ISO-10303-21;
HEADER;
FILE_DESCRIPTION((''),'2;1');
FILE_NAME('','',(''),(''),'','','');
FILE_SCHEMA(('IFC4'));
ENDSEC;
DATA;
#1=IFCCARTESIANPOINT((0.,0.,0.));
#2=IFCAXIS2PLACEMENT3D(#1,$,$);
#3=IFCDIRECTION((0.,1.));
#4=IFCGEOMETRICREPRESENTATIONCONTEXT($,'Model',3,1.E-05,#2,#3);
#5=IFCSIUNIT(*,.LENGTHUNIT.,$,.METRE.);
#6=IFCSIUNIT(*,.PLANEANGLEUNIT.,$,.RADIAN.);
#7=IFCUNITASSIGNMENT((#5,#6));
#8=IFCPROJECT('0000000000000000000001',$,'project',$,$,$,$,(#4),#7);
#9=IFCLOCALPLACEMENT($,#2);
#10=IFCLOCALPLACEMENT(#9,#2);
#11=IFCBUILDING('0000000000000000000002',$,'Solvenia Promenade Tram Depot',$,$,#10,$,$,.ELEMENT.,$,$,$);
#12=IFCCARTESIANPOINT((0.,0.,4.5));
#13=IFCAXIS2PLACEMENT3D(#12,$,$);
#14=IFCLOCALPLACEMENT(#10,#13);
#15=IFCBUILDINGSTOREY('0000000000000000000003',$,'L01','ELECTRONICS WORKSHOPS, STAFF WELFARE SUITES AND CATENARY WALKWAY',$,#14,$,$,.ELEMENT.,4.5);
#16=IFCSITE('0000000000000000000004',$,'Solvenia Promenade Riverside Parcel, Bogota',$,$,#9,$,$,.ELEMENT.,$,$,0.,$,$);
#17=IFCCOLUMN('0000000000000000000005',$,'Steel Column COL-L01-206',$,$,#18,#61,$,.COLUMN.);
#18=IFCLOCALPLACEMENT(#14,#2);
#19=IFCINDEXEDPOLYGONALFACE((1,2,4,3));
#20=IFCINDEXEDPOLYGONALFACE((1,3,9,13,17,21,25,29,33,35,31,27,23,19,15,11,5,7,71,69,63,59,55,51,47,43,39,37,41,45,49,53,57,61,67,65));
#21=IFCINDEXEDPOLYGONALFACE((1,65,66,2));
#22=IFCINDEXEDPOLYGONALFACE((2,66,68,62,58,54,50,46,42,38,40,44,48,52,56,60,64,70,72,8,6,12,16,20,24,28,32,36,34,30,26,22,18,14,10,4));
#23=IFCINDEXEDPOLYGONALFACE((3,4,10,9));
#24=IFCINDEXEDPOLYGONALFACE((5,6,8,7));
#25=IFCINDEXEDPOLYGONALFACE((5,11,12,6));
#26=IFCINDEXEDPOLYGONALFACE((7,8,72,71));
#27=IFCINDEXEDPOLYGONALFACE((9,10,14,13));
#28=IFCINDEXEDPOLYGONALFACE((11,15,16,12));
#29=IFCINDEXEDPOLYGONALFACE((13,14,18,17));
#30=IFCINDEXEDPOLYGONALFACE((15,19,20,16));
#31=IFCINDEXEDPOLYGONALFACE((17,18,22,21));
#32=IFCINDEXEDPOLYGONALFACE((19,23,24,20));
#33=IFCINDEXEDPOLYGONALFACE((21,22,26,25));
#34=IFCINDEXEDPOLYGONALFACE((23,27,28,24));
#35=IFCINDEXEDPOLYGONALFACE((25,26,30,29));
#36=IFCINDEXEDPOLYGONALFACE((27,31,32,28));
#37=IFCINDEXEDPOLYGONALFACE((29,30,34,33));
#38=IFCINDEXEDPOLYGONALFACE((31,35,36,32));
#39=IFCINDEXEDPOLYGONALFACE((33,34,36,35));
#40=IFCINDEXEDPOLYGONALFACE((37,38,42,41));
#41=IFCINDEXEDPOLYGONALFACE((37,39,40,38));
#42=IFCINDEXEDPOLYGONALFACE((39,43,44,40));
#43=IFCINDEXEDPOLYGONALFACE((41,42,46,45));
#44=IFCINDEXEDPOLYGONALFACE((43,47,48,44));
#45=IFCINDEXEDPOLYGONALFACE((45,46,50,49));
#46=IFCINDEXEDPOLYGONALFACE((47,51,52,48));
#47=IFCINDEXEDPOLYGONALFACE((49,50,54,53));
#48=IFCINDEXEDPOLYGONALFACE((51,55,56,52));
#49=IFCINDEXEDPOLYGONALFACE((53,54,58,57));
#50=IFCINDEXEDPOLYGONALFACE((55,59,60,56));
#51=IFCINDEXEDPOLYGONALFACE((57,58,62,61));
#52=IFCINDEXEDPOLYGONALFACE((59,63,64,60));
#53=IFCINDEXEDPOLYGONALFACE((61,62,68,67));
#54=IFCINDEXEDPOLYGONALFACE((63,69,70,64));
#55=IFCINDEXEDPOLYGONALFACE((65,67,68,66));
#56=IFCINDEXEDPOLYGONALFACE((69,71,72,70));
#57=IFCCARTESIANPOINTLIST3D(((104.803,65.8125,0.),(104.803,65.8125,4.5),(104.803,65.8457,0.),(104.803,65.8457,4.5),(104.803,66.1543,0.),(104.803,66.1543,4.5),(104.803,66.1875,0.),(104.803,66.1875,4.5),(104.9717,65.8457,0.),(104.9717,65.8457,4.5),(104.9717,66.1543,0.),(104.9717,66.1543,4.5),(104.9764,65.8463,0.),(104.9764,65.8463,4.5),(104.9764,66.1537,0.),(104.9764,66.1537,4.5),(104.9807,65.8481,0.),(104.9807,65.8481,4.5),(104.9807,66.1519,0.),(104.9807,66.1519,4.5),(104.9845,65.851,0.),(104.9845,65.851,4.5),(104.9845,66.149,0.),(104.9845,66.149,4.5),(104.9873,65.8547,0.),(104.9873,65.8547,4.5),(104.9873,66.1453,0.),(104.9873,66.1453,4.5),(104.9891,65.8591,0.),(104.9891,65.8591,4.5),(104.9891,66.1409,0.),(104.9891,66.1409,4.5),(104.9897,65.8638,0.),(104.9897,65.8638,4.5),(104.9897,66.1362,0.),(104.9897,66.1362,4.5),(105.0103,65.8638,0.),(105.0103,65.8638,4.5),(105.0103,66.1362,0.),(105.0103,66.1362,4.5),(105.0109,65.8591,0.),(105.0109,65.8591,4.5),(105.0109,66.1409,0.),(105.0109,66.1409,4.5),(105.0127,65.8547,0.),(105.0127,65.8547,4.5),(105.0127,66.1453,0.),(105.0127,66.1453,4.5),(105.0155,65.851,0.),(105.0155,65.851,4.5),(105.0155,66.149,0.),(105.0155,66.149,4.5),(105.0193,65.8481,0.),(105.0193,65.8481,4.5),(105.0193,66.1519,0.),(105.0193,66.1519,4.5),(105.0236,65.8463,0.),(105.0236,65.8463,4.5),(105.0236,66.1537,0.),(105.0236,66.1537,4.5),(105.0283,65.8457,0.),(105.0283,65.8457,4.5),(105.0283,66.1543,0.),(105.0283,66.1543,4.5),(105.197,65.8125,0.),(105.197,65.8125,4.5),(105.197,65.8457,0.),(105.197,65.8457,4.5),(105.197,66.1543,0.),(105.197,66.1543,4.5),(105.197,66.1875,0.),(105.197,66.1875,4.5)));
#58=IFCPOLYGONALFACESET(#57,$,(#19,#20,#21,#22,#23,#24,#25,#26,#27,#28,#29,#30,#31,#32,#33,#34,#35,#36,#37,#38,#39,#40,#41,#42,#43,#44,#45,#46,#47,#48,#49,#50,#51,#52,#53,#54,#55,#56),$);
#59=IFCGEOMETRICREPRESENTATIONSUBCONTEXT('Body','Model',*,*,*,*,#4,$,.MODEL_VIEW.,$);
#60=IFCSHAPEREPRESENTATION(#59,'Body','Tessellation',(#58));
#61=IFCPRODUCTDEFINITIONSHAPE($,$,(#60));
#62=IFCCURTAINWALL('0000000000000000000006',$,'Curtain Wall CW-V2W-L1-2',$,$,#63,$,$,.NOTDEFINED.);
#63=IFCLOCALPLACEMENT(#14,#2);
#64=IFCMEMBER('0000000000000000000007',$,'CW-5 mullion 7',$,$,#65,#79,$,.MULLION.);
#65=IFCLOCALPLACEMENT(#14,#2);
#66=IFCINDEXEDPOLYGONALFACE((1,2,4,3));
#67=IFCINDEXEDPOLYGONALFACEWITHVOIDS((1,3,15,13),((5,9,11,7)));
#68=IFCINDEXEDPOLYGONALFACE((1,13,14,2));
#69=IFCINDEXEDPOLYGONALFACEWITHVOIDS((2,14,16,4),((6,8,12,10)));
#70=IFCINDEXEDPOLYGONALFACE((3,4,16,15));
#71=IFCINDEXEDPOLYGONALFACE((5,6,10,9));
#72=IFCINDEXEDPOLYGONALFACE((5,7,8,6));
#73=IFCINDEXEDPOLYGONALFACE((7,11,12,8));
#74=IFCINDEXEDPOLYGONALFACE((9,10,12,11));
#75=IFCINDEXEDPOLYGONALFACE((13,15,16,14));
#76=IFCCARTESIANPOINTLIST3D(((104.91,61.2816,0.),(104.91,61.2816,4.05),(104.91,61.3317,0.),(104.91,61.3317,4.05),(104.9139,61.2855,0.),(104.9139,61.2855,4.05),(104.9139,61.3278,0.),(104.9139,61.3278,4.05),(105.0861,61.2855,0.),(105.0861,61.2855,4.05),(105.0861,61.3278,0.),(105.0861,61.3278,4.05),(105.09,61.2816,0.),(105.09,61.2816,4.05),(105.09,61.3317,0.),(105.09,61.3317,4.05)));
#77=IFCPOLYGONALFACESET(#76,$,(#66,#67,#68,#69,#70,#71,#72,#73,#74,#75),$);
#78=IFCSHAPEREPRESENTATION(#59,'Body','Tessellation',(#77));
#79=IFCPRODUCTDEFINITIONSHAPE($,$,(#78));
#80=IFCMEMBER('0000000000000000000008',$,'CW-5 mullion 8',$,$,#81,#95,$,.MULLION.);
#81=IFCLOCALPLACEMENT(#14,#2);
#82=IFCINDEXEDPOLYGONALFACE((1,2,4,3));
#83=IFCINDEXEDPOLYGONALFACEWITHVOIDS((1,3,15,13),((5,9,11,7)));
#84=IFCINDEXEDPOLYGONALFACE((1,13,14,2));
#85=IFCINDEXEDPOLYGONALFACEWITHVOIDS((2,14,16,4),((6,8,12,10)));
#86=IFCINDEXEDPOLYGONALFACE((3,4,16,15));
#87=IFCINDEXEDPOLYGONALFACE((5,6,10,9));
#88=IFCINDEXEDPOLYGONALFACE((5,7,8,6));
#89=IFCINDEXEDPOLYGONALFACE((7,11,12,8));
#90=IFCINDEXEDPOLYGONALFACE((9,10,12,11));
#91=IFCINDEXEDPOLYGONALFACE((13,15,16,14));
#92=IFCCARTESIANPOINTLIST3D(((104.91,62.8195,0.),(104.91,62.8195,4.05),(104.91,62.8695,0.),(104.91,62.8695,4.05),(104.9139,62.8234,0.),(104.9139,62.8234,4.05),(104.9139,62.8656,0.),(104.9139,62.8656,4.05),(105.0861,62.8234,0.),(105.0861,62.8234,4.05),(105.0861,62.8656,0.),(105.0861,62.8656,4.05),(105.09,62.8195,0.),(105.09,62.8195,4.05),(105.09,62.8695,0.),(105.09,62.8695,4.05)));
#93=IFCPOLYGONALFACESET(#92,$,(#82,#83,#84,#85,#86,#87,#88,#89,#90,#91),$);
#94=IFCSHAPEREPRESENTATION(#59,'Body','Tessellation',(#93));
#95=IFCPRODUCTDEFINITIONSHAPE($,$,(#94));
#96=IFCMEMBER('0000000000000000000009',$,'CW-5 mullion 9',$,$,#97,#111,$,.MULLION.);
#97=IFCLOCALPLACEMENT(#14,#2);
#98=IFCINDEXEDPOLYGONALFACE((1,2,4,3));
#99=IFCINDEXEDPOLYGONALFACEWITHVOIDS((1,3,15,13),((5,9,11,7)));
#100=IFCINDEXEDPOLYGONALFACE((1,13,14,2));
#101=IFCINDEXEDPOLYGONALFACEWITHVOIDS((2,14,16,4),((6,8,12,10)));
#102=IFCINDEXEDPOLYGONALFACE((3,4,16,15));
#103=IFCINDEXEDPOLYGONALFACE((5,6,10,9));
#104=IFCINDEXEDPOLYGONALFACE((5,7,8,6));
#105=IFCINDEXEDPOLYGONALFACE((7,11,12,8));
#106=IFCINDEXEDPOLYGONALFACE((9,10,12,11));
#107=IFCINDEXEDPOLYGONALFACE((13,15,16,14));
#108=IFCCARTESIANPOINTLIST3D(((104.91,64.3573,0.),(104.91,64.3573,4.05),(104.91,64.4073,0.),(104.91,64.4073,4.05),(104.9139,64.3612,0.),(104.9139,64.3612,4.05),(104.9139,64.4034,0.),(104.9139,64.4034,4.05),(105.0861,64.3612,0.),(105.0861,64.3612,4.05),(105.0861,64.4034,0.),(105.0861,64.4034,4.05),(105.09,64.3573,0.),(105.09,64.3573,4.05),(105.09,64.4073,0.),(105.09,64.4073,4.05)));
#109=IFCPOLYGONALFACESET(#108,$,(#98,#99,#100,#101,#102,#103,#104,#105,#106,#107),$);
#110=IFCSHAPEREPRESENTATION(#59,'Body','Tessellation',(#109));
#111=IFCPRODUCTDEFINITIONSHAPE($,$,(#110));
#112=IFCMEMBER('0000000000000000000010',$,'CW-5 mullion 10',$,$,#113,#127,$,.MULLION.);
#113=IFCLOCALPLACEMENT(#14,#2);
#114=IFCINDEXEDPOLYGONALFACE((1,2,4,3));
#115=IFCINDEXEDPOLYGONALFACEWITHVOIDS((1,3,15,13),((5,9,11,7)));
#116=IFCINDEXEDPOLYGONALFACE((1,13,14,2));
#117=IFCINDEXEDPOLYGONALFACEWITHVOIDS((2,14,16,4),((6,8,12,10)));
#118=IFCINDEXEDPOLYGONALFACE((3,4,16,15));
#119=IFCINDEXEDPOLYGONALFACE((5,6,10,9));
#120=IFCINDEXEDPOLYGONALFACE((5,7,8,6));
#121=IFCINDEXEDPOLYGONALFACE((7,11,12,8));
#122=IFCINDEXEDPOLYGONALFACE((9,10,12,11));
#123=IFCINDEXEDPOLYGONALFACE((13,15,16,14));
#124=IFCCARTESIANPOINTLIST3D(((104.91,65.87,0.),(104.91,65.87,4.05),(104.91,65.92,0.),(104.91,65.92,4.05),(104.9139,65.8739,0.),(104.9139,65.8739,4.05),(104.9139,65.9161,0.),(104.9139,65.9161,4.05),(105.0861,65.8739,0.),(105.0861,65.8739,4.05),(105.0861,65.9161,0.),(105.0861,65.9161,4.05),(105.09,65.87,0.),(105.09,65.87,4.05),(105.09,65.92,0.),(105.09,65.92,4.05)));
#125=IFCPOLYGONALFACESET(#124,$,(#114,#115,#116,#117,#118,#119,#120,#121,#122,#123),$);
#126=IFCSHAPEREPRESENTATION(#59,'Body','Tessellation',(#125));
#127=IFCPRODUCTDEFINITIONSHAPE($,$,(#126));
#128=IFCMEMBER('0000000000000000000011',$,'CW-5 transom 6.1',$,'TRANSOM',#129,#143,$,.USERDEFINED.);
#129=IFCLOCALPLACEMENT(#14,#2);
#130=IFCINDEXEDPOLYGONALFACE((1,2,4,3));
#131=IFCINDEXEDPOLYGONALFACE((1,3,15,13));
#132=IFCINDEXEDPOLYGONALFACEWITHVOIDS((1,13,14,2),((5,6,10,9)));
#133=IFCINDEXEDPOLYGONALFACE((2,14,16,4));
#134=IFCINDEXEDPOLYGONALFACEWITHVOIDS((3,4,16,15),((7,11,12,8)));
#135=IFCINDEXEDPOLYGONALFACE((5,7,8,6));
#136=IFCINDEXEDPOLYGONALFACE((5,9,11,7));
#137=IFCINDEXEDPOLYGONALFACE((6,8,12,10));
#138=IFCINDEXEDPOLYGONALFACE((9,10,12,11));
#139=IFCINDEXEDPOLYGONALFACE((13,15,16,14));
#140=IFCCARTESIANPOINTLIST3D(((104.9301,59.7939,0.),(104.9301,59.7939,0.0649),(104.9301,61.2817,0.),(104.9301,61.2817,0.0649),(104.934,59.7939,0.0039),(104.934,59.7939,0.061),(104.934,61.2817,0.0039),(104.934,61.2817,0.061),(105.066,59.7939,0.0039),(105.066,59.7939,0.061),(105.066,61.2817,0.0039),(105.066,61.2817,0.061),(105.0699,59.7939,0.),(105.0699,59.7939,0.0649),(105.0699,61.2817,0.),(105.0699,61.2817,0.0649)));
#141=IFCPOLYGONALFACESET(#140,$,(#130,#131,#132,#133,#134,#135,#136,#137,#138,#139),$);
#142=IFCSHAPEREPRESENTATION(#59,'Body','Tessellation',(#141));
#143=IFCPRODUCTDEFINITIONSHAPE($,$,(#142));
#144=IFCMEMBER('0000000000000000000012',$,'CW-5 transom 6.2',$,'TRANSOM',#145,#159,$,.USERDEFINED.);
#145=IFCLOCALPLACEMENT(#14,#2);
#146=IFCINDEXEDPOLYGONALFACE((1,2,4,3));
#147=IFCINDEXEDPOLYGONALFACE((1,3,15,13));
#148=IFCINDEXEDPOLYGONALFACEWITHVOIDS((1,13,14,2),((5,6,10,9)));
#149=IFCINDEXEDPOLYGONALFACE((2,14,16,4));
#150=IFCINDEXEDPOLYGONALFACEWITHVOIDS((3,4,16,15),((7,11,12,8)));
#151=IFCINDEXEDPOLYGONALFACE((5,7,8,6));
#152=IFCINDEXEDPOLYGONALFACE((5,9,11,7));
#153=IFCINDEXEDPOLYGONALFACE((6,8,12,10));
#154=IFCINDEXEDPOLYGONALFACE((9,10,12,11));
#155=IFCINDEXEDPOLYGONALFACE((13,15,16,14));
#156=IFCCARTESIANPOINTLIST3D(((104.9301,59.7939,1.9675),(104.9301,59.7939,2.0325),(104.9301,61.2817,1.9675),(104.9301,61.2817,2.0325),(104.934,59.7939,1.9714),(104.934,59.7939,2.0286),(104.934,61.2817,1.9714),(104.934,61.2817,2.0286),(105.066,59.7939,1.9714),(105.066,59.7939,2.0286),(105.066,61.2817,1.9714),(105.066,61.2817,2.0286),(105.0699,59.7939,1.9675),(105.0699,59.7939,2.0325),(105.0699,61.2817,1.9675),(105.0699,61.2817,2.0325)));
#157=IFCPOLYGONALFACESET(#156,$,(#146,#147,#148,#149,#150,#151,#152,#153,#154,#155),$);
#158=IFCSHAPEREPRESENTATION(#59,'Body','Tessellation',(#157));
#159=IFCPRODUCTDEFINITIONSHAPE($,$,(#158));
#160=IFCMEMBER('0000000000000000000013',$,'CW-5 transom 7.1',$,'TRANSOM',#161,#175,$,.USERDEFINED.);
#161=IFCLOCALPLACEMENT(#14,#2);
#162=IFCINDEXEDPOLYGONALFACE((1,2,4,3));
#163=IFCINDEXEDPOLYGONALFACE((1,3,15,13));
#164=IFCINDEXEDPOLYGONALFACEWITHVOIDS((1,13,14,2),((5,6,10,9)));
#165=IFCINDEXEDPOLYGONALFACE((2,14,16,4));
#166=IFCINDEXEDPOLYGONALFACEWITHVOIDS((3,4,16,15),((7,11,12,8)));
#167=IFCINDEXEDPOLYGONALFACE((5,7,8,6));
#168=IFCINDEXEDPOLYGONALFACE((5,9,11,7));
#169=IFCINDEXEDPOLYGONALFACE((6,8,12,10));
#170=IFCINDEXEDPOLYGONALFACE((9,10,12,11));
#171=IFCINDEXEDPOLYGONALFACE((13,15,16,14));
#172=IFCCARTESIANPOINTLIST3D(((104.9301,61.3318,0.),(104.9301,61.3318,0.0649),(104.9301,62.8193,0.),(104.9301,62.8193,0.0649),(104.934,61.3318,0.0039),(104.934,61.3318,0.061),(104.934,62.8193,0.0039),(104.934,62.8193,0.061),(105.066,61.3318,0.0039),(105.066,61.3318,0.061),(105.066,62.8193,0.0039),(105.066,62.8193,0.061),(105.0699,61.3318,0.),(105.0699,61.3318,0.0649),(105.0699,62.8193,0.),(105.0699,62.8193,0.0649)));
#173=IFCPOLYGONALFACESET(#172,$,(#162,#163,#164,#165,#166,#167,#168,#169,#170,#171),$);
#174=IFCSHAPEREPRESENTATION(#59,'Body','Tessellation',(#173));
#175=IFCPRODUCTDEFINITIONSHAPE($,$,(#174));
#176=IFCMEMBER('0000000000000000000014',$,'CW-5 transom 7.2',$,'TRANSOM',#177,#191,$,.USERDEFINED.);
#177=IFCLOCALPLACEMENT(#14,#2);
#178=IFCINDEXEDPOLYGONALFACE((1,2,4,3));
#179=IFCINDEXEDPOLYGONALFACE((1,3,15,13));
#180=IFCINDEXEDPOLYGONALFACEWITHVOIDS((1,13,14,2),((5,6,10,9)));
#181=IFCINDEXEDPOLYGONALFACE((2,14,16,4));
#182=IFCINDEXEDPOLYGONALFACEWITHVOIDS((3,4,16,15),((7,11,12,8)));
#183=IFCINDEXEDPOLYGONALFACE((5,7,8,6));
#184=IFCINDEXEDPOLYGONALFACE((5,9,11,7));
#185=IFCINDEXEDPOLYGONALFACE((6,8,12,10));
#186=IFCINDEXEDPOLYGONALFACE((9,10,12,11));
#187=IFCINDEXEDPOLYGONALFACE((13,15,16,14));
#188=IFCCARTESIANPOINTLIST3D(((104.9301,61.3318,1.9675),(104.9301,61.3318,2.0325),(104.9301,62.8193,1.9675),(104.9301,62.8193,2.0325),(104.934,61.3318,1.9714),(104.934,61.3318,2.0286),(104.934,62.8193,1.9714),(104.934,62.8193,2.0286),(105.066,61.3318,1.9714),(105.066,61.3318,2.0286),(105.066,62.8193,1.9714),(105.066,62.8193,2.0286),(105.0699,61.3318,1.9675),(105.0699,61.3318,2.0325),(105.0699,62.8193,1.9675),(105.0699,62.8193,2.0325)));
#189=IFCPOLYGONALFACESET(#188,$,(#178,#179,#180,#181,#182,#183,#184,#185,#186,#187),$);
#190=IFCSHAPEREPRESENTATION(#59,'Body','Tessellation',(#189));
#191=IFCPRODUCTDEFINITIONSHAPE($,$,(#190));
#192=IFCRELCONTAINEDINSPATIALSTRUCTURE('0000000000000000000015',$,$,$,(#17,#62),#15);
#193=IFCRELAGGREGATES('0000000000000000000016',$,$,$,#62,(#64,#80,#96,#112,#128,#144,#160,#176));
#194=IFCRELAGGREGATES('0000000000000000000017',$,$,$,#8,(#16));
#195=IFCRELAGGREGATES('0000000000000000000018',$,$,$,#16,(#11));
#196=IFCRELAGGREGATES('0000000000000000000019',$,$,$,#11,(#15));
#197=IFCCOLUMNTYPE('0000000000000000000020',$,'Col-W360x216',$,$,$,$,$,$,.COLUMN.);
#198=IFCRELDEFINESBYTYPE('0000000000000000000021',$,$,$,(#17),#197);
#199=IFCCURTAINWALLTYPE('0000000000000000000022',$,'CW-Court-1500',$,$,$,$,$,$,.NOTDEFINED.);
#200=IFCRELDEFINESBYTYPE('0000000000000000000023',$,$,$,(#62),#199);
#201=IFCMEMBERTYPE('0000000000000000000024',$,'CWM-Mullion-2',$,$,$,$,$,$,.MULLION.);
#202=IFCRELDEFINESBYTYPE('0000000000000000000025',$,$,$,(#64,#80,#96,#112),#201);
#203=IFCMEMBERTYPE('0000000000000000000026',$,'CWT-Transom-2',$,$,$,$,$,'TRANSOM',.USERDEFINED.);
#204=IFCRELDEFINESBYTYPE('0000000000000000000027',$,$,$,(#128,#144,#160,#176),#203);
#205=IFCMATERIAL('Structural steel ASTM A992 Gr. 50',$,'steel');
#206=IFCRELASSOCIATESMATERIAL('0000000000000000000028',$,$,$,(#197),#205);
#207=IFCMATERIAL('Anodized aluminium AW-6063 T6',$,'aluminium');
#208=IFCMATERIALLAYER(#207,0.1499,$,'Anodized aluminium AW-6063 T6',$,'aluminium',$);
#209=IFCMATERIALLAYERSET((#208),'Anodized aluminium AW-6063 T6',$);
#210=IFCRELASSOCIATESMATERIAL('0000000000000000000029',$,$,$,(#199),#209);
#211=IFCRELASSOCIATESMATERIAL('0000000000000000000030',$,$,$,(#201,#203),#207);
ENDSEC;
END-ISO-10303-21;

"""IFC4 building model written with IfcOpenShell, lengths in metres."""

from ifc_helpers import new_model, si_unit, direction, frame, origin, origin_2d, place, context, subcontext, project, spatial, hollow_rectangle, i_section, extrude, material, layer, layer_set, material_profile, profile_set, type_object, element, aggregate, save


model = new_model("IFC4")

# Units and contexts
model_context = context("Model", 3, precision=1e-05, world=origin(), true_north=direction((0.0, 1.0)))
body_context = subcontext(model_context, "Body", "Model", "MODEL_VIEW")
ifc_project = project(units=[si_unit("LENGTHUNIT", "METRE"), si_unit("PLANEANGLEUNIT", "RADIAN")], contexts=[model_context])

# Site, building, storey
site_placement = place(None, origin())
site = spatial("IfcSite", under=ifc_project, at=site_placement, Name="Solvenia Promenade Riverside Parcel, Bogota", CompositionType="ELEMENT", RefElevation=0.0)
building_placement = place(site_placement, origin())
building = spatial("IfcBuilding", under=site, at=building_placement, Name="Solvenia Promenade Tram Depot", CompositionType="ELEMENT")
storey_placement = place(building_placement, frame((0.0, 0.0, 4.5)))
storey = spatial("IfcBuildingStorey", under=building, at=storey_placement, Name="L01", Description="ELECTRONICS WORKSHOPS, STAFF WELFARE SUITES AND CATENARY WALKWAY", CompositionType="ELEMENT", Elevation=4.5)

# Column
ifc_material_1 = material(Name="Structural steel ASTM A992 Gr. 50", Category="steel")
ifc_material_profile_1 = material_profile(ifc_material_1, i_section(OverallWidth=0.394, OverallDepth=0.375, WebThickness=0.0205, FlangeThickness=0.0332, FilletRadius=0.0181, at=origin_2d()), Name="W360x216", Category="steel")
ifc_profile_set_1 = profile_set([ifc_material_profile_1], Name="Structural steel ASTM A992 Gr. 50")
column_type = type_object("IfcColumnType", Name="Col-W360x216", PredefinedType="COLUMN", material=ifc_profile_set_1)
column_placement = place(storey_placement, frame((105.0, 66.0, 0.0), z_axis=(0.0, 0.0, 1.0), x_axis=(1.0, 0.0, 0.0)))
element("IfcColumn", 1, at=column_placement, inside=storey, type_object=column_type, Name="Steel Column COL-L01-206", PredefinedType="COLUMN", context=body_context, shape_type="SweptSolid", body=[
    extrude(i_section(OverallWidth=0.394, OverallDepth=0.375, WebThickness=0.0205, FlangeThickness=0.0332, FilletRadius=0.0181, at=origin_2d()), origin(), (0.0, 0.0, 1.0), 4.5),
])

# Curtain wall, members
ifc_material_2 = material(Name="Anodized aluminium AW-6063 T6", Category="aluminium")
ifc_layer_1 = layer(ifc_material_2, 0.1499, Name="Anodized aluminium AW-6063 T6", Category="aluminium")
ifc_layer_set_1 = layer_set([ifc_layer_1], Name="Anodized aluminium AW-6063 T6")
curtain_wall_type = type_object("IfcCurtainWallType", Name="CW-Court-1500", PredefinedType="NOTDEFINED", material=ifc_layer_set_1)
curtain_wall_placement = place(storey_placement, origin())
curtain_wall = element("IfcCurtainWall", 2, at=curtain_wall_placement, inside=storey, type_object=curtain_wall_type, Name="Curtain Wall CW-V2W-L1-2", PredefinedType="NOTDEFINED")
ifc_material_profile_2 = material_profile(ifc_material_2, hollow_rectangle(XDim=0.1799, YDim=0.05, WallThickness=0.0039, at=origin_2d()), Name="ALU-M2", Category="aluminium")
ifc_profile_set_2 = profile_set([ifc_material_profile_2], Name="Anodized aluminium AW-6063 T6")
member_type_1 = type_object("IfcMemberType", Name="CWM-Mullion-2", PredefinedType="MULLION", material=ifc_profile_set_2)
member_1_placement = place(storey_placement, frame((105.0, 61.3066, 0.0), z_axis=(0.0, 0.0, 1.0), x_axis=(-1.0, 0.0, 0.0)))
member_1 = element("IfcMember", 3, at=member_1_placement, type_object=member_type_1, Name="CW-5 mullion 7", PredefinedType="MULLION", context=body_context, shape_type="SweptSolid", body=[
    extrude(hollow_rectangle(XDim=0.1799, YDim=0.05, WallThickness=0.0039, at=origin_2d()), origin(), (0.0, 0.0, 1.0), 4.05),
])
member_2_placement = place(storey_placement, frame((105.0, 62.8445, 0.0), z_axis=(0.0, 0.0, 1.0), x_axis=(-1.0, 0.0, 0.0)))
member_2 = element("IfcMember", 4, at=member_2_placement, type_object=member_type_1, Name="CW-5 mullion 8", PredefinedType="MULLION", context=body_context, shape_type="SweptSolid", body=[
    extrude(hollow_rectangle(XDim=0.1799, YDim=0.05, WallThickness=0.0039, at=origin_2d()), origin(), (0.0, 0.0, 1.0), 4.05),
])
member_3_placement = place(storey_placement, frame((105.0, 64.3823, 0.0), z_axis=(0.0, 0.0, 1.0), x_axis=(-1.0, 0.0, 0.0)))
member_3 = element("IfcMember", 5, at=member_3_placement, type_object=member_type_1, Name="CW-5 mullion 9", PredefinedType="MULLION", context=body_context, shape_type="SweptSolid", body=[
    extrude(hollow_rectangle(XDim=0.1799, YDim=0.05, WallThickness=0.0039, at=origin_2d()), origin(), (0.0, 0.0, 1.0), 4.05),
])
member_4_placement = place(storey_placement, frame((105.0, 65.895, 0.0), z_axis=(0.0, 0.0, 1.0), x_axis=(-1.0, 0.0, 0.0)))
member_4 = element("IfcMember", 6, at=member_4_placement, type_object=member_type_1, Name="CW-5 mullion 10", PredefinedType="MULLION", context=body_context, shape_type="SweptSolid", body=[
    extrude(hollow_rectangle(XDim=0.1799, YDim=0.05, WallThickness=0.0039, at=origin_2d()), origin(), (0.0, 0.0, 1.0), 4.05),
])
ifc_material_profile_3 = material_profile(ifc_material_2, hollow_rectangle(XDim=0.1399, YDim=0.0649, WallThickness=0.0039, at=origin_2d()), Name="ALU-T2", Category="aluminium")
ifc_profile_set_3 = profile_set([ifc_material_profile_3], Name="Anodized aluminium AW-6063 T6")
member_type_2 = type_object("IfcMemberType", Name="CWT-Transom-2", ElementType="TRANSOM", PredefinedType="USERDEFINED", material=ifc_profile_set_3)
member_5_placement = place(storey_placement, frame((105.0, 59.7939, 0.0325), z_axis=(0.0, 1.0, 0.0), x_axis=(-1.0, 0.0, 0.0)))
member_5 = element("IfcMember", 7, at=member_5_placement, type_object=member_type_2, Name="CW-5 transom 6.1", ObjectType="TRANSOM", PredefinedType="USERDEFINED", context=body_context, shape_type="SweptSolid", body=[
    extrude(hollow_rectangle(XDim=0.1399, YDim=0.0649, WallThickness=0.0039, at=origin_2d()), origin(), (0.0, 0.0, 1.0), 1.4878),
])
member_6_placement = place(storey_placement, frame((105.0, 59.7939, 2.0), z_axis=(0.0, 1.0, 0.0), x_axis=(-1.0, 0.0, 0.0)))
member_6 = element("IfcMember", 8, at=member_6_placement, type_object=member_type_2, Name="CW-5 transom 6.2", ObjectType="TRANSOM", PredefinedType="USERDEFINED", context=body_context, shape_type="SweptSolid", body=[
    extrude(hollow_rectangle(XDim=0.1399, YDim=0.0649, WallThickness=0.0039, at=origin_2d()), origin(), (0.0, 0.0, 1.0), 1.4878),
])
member_7_placement = place(storey_placement, frame((105.0, 61.3318, 0.0325), z_axis=(0.0, 1.0, 0.0), x_axis=(-1.0, 0.0, 0.0)))
member_7 = element("IfcMember", 9, at=member_7_placement, type_object=member_type_2, Name="CW-5 transom 7.1", ObjectType="TRANSOM", PredefinedType="USERDEFINED", context=body_context, shape_type="SweptSolid", body=[
    extrude(hollow_rectangle(XDim=0.1399, YDim=0.0649, WallThickness=0.0039, at=origin_2d()), origin(), (0.0, 0.0, 1.0), 1.4875),
])
member_8_placement = place(storey_placement, frame((105.0, 61.3318, 2.0), z_axis=(0.0, 1.0, 0.0), x_axis=(-1.0, 0.0, 0.0)))
member_8 = element("IfcMember", 10, at=member_8_placement, type_object=member_type_2, Name="CW-5 transom 7.2", ObjectType="TRANSOM", PredefinedType="USERDEFINED", context=body_context, shape_type="SweptSolid", body=[
    extrude(hollow_rectangle(XDim=0.1399, YDim=0.0649, WallThickness=0.0039, at=origin_2d()), origin(), (0.0, 0.0, 1.0), 1.4875),
])

aggregate(curtain_wall, [member_1, member_2, member_3, member_4, member_5, member_6, member_7, member_8])

save(model, "model.ifc")
